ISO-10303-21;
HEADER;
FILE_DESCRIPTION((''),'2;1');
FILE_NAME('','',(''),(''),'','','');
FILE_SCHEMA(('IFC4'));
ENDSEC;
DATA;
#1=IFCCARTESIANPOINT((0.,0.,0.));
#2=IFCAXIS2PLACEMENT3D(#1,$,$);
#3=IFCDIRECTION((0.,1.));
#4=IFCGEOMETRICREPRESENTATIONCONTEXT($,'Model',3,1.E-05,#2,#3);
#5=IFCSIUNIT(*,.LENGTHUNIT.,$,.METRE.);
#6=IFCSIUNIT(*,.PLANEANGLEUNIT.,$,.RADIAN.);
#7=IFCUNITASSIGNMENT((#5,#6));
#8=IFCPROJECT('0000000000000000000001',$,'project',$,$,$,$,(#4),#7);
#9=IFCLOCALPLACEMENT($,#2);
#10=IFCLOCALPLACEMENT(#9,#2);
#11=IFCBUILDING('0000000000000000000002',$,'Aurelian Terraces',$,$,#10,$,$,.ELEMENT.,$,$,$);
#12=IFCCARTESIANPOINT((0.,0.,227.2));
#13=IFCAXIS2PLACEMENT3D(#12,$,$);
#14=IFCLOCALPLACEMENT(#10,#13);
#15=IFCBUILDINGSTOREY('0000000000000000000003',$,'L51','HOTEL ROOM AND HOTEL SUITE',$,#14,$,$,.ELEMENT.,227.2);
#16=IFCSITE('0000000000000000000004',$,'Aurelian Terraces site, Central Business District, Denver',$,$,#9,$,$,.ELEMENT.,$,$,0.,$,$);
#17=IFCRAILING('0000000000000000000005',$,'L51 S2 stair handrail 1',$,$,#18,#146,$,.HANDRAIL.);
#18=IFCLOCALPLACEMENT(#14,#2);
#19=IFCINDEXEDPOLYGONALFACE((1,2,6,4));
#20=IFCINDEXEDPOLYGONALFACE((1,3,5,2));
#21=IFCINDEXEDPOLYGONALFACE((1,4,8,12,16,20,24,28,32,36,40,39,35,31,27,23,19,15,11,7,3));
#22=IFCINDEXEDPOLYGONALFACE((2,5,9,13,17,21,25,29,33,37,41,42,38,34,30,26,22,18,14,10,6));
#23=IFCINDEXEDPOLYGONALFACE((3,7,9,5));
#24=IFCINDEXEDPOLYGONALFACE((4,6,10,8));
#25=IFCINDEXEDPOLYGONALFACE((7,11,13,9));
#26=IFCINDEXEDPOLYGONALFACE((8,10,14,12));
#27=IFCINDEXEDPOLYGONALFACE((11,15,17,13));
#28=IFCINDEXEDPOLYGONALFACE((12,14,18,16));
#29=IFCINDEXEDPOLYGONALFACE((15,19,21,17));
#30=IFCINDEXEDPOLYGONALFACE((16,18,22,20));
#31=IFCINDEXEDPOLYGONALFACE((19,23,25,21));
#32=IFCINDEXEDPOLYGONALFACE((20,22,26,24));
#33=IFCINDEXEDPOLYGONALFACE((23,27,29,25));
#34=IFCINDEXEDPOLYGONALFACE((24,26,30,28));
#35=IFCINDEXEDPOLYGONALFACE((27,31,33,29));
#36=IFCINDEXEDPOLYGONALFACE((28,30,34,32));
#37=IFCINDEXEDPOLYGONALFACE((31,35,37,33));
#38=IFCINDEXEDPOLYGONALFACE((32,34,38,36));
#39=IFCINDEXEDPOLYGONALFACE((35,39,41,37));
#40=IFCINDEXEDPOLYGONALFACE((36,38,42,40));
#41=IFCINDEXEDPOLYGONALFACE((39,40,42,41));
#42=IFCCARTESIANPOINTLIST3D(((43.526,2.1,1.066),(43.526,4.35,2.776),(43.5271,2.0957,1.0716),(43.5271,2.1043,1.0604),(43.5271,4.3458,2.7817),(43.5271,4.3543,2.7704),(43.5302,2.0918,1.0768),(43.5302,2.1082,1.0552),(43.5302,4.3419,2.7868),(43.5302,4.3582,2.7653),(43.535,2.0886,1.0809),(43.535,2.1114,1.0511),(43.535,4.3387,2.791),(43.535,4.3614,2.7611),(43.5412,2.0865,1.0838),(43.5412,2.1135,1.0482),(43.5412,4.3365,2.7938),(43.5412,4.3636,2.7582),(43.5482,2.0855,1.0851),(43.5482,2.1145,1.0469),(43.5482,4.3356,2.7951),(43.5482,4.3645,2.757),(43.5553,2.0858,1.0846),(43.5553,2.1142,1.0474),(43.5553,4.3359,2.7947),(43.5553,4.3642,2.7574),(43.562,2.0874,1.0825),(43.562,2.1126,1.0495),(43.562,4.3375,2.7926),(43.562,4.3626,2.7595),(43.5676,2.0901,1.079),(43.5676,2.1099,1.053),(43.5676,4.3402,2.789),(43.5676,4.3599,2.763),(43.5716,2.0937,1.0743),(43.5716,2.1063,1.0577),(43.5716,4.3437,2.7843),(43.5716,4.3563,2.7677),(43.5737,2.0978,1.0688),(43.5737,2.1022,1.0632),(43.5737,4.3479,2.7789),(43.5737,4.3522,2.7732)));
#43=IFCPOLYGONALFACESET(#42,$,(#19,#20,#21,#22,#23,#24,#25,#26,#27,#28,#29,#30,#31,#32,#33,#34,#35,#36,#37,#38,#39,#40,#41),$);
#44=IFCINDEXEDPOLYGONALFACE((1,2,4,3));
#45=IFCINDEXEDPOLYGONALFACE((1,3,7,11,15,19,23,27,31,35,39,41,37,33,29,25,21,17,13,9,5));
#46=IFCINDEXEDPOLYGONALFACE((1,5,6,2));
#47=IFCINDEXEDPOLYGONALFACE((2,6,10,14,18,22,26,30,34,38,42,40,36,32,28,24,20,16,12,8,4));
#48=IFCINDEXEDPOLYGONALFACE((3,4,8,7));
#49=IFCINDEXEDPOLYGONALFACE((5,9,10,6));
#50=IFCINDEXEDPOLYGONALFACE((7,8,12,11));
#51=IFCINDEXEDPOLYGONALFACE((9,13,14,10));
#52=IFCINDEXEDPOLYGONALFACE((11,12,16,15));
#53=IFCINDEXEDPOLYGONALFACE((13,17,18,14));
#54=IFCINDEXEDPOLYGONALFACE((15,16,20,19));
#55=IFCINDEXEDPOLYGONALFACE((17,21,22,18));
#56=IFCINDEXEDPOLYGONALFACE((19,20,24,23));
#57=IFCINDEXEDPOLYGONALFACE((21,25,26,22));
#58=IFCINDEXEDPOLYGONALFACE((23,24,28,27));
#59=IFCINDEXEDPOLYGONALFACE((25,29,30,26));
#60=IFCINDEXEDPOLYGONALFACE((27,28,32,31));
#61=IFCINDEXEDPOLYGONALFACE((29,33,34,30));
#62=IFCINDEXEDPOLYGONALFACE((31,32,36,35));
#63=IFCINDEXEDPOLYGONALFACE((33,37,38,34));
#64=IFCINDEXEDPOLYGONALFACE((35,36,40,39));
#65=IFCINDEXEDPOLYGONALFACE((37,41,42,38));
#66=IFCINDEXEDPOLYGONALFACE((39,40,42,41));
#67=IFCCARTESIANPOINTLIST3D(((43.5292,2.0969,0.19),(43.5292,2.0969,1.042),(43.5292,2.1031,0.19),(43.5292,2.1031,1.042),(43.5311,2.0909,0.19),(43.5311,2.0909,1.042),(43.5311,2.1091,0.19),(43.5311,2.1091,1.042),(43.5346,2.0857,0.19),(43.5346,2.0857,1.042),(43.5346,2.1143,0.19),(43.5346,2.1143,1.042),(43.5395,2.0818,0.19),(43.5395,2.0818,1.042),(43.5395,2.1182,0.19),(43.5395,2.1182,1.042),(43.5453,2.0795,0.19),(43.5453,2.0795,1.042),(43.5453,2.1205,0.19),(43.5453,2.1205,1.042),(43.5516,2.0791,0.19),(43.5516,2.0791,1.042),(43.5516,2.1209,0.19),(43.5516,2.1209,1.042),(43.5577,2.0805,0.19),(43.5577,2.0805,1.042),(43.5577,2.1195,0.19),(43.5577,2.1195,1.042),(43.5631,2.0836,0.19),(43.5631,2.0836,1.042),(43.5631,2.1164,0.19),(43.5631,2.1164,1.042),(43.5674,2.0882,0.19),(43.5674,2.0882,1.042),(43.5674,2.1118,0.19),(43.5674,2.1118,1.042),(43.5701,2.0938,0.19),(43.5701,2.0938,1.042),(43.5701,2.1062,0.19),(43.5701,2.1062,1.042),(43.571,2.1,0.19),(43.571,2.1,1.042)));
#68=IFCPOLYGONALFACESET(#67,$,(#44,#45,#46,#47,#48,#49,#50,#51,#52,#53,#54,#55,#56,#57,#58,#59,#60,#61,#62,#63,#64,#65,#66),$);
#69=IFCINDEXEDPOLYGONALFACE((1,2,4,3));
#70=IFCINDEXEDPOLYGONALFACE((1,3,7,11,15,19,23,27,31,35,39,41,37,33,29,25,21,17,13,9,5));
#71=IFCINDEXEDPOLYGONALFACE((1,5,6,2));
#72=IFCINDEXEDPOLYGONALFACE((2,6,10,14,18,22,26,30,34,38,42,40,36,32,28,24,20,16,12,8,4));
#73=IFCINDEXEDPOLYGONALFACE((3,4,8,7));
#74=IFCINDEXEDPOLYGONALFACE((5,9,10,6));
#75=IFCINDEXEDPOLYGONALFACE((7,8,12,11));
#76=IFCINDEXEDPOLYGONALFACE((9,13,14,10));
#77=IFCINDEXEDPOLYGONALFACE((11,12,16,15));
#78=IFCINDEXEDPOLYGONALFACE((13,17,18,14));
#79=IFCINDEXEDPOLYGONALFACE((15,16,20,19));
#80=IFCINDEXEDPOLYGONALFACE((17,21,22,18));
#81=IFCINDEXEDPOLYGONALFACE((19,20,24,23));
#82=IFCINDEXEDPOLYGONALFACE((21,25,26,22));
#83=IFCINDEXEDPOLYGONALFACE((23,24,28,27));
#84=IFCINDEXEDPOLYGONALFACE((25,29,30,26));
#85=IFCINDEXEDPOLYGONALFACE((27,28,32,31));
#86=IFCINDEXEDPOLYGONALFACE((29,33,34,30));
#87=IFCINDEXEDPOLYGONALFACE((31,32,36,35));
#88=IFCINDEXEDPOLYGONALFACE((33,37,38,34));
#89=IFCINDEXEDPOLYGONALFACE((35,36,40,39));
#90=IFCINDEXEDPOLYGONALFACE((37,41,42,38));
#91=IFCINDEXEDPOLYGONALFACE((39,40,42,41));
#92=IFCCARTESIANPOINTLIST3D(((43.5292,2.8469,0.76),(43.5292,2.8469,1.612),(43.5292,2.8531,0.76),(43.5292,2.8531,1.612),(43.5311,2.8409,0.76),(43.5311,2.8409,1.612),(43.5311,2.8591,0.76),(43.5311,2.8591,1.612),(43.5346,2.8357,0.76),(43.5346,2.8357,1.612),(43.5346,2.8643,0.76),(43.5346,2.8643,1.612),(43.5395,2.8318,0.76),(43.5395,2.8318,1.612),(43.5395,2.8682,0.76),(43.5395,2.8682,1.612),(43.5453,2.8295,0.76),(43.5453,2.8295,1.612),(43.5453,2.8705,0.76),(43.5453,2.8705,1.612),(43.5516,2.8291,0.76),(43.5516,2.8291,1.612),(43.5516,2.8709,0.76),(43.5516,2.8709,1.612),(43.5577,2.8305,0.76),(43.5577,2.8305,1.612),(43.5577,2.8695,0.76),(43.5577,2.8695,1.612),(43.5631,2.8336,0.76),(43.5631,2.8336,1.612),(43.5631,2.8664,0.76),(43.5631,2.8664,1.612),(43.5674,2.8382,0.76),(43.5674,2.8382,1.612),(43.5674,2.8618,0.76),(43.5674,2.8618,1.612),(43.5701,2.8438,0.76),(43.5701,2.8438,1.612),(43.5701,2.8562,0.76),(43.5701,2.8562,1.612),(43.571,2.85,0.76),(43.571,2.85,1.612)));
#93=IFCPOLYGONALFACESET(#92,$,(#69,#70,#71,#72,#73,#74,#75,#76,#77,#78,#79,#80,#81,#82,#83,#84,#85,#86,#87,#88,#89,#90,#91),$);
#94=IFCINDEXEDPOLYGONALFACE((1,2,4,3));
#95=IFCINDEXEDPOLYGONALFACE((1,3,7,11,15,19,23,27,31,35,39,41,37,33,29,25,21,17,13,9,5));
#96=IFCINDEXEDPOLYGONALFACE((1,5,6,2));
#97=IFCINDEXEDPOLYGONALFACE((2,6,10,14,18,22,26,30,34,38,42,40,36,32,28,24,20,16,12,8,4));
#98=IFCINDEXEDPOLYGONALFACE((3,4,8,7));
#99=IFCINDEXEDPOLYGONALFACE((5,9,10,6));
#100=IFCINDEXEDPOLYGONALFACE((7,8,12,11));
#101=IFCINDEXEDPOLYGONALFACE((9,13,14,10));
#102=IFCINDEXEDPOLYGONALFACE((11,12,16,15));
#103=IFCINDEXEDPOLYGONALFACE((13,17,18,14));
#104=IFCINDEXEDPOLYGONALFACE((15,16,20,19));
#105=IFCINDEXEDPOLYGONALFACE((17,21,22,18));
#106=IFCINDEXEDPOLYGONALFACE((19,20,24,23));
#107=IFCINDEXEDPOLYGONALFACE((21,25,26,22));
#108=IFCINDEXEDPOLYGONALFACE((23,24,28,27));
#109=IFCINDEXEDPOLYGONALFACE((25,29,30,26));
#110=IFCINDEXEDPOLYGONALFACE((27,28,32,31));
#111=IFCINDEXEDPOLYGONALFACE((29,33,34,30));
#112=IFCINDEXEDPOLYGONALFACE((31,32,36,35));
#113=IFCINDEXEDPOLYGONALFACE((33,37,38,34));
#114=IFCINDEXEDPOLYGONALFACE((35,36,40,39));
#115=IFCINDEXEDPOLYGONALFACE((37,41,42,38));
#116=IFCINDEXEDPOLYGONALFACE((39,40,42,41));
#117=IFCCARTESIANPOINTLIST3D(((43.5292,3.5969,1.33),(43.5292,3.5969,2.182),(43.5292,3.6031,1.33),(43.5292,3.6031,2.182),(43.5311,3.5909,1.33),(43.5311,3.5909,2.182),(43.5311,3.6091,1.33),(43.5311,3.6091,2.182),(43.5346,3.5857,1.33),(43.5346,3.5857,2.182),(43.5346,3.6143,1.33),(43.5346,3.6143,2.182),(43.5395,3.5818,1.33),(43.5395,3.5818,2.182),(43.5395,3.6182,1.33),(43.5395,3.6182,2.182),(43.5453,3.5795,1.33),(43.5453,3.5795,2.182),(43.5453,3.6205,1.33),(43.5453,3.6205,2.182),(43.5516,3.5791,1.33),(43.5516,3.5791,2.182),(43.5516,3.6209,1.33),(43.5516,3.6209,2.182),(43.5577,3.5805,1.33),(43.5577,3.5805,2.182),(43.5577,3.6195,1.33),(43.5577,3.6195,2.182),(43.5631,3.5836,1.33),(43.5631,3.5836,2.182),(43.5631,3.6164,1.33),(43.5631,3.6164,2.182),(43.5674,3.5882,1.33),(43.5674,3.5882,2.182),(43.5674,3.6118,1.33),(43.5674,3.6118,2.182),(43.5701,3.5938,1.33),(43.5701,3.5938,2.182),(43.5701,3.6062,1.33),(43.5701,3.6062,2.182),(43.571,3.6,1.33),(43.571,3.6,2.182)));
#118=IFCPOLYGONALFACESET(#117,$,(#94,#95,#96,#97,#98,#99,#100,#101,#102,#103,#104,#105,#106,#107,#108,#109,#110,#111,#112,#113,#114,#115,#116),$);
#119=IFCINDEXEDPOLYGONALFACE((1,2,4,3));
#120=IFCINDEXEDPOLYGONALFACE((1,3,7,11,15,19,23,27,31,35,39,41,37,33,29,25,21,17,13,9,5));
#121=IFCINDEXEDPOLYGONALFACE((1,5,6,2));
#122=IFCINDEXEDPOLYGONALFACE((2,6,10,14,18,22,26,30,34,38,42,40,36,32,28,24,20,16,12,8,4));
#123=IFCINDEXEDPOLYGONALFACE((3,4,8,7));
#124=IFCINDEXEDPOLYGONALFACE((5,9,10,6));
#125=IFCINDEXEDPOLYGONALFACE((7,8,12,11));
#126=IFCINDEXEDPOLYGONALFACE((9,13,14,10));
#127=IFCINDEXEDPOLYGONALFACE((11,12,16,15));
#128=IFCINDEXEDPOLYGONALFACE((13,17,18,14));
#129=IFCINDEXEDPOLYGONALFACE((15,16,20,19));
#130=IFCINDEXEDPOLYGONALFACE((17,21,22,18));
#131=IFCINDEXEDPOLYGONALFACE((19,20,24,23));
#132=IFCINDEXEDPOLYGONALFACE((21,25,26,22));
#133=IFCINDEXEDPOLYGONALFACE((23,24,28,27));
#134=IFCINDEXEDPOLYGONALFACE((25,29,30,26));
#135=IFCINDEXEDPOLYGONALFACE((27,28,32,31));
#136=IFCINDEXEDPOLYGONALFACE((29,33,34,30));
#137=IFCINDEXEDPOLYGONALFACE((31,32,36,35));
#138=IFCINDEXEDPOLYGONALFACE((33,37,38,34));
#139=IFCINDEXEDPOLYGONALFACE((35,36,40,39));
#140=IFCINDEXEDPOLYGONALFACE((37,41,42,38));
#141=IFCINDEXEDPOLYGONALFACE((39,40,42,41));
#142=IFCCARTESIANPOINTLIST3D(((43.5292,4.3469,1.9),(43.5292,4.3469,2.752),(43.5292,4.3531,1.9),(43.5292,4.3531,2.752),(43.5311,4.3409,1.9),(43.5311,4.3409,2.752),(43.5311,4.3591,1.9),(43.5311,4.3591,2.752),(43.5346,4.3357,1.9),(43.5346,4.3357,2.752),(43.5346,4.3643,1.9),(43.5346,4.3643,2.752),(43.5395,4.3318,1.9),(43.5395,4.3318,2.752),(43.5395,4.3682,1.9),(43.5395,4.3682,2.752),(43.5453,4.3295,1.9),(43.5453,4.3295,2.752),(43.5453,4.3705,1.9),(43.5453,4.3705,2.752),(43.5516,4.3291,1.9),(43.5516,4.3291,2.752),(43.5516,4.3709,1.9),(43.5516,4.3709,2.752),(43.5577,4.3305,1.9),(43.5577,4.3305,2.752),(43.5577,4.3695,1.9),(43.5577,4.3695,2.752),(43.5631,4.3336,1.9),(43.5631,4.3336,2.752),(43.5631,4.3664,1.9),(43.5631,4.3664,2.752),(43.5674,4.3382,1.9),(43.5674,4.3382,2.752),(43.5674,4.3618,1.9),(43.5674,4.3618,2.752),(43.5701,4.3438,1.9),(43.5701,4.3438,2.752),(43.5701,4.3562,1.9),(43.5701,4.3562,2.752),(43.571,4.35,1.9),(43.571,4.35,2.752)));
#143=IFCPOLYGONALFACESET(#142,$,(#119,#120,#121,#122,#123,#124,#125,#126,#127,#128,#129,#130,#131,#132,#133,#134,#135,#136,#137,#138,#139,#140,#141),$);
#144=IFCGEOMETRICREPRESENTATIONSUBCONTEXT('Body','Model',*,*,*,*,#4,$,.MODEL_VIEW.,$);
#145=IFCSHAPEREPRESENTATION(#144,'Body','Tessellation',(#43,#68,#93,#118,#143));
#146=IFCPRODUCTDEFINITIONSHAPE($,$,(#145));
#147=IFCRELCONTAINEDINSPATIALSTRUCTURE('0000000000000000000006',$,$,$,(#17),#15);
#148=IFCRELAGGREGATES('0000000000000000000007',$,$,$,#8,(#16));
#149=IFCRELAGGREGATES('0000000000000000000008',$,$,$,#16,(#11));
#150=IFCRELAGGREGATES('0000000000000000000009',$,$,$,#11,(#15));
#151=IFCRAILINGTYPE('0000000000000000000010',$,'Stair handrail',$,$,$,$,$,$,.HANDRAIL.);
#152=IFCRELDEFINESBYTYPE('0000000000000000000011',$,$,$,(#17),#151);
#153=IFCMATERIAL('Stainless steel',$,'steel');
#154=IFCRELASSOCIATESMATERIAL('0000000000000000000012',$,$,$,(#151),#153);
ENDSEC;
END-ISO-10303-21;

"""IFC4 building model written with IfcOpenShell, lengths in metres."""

from ifc_helpers import new_model, si_unit, direction, frame, origin, origin_2d, place, context, subcontext, project, spatial, circle, extrude, source, transform, mapped, material, type_object, element, save


model = new_model("IFC4")

# Units and contexts
model_context = context("Model", 3, precision=1e-05, world=origin(), true_north=direction((0.0, 1.0)))
body_context = subcontext(model_context, "Body", "Model", "MODEL_VIEW")
ifc_project = project(units=[si_unit("LENGTHUNIT", "METRE"), si_unit("PLANEANGLEUNIT", "RADIAN")], contexts=[model_context])

# Site, building, storey
site_placement = place(None, origin())
site = spatial("IfcSite", under=ifc_project, at=site_placement, Name="Aurelian Terraces site, Central Business District, Denver", CompositionType="ELEMENT", RefElevation=0.0)
building_placement = place(site_placement, origin())
building = spatial("IfcBuilding", under=site, at=building_placement, Name="Aurelian Terraces", CompositionType="ELEMENT")
storey_placement = place(building_placement, frame((0.0, 0.0, 227.2)))
storey = spatial("IfcBuildingStorey", under=building, at=storey_placement, Name="L51", Description="HOTEL ROOM AND HOTEL SUITE", CompositionType="ELEMENT", Elevation=227.2)

# Railing
ifc_material_1 = material(Name="Stainless steel", Category="steel")
railing_type = type_object("IfcRailingType", Name="Stair handrail", PredefinedType="HANDRAIL", material=ifc_material_1)
shared_shape_1 = source(origin(), body_context, "Body", "SweptSolid", [
    extrude(circle(Radius=0.024, at=origin_2d()), frame((0.0, 0.0, 0.876), z_axis=(0.0, 0.796162, 0.605083), x_axis=(-1.0, 0.0, 0.0)), (0.0, 0.0, 1.0), 2.8261),
    extrude(circle(Radius=0.021, at=origin_2d()), origin(), (0.0, 0.0, 1.0), 0.852),
    extrude(circle(Radius=0.021, at=origin_2d()), frame((0.0, 0.75, 0.57)), (0.0, 0.0, 1.0), 0.852),
    extrude(circle(Radius=0.021, at=origin_2d()), frame((0.0, 1.5, 1.14)), (0.0, 0.0, 1.0), 0.852),
    extrude(circle(Radius=0.021, at=origin_2d()), frame((0.0, 2.25, 1.71)), (0.0, 0.0, 1.0), 0.852),
])
railing_placement = place(storey_placement, frame((43.55, 2.1, 0.19)))
element("IfcRailing", 1, at=railing_placement, inside=storey, type_object=railing_type, Name="L51 S2 stair handrail 1", PredefinedType="HANDRAIL", context=body_context, shape_type="MappedRepresentation", body=[
    mapped(shared_shape_1, transform((0.0, 0.0, 0.0), scale=1.0)),
])

save(model, "model.ifc")
